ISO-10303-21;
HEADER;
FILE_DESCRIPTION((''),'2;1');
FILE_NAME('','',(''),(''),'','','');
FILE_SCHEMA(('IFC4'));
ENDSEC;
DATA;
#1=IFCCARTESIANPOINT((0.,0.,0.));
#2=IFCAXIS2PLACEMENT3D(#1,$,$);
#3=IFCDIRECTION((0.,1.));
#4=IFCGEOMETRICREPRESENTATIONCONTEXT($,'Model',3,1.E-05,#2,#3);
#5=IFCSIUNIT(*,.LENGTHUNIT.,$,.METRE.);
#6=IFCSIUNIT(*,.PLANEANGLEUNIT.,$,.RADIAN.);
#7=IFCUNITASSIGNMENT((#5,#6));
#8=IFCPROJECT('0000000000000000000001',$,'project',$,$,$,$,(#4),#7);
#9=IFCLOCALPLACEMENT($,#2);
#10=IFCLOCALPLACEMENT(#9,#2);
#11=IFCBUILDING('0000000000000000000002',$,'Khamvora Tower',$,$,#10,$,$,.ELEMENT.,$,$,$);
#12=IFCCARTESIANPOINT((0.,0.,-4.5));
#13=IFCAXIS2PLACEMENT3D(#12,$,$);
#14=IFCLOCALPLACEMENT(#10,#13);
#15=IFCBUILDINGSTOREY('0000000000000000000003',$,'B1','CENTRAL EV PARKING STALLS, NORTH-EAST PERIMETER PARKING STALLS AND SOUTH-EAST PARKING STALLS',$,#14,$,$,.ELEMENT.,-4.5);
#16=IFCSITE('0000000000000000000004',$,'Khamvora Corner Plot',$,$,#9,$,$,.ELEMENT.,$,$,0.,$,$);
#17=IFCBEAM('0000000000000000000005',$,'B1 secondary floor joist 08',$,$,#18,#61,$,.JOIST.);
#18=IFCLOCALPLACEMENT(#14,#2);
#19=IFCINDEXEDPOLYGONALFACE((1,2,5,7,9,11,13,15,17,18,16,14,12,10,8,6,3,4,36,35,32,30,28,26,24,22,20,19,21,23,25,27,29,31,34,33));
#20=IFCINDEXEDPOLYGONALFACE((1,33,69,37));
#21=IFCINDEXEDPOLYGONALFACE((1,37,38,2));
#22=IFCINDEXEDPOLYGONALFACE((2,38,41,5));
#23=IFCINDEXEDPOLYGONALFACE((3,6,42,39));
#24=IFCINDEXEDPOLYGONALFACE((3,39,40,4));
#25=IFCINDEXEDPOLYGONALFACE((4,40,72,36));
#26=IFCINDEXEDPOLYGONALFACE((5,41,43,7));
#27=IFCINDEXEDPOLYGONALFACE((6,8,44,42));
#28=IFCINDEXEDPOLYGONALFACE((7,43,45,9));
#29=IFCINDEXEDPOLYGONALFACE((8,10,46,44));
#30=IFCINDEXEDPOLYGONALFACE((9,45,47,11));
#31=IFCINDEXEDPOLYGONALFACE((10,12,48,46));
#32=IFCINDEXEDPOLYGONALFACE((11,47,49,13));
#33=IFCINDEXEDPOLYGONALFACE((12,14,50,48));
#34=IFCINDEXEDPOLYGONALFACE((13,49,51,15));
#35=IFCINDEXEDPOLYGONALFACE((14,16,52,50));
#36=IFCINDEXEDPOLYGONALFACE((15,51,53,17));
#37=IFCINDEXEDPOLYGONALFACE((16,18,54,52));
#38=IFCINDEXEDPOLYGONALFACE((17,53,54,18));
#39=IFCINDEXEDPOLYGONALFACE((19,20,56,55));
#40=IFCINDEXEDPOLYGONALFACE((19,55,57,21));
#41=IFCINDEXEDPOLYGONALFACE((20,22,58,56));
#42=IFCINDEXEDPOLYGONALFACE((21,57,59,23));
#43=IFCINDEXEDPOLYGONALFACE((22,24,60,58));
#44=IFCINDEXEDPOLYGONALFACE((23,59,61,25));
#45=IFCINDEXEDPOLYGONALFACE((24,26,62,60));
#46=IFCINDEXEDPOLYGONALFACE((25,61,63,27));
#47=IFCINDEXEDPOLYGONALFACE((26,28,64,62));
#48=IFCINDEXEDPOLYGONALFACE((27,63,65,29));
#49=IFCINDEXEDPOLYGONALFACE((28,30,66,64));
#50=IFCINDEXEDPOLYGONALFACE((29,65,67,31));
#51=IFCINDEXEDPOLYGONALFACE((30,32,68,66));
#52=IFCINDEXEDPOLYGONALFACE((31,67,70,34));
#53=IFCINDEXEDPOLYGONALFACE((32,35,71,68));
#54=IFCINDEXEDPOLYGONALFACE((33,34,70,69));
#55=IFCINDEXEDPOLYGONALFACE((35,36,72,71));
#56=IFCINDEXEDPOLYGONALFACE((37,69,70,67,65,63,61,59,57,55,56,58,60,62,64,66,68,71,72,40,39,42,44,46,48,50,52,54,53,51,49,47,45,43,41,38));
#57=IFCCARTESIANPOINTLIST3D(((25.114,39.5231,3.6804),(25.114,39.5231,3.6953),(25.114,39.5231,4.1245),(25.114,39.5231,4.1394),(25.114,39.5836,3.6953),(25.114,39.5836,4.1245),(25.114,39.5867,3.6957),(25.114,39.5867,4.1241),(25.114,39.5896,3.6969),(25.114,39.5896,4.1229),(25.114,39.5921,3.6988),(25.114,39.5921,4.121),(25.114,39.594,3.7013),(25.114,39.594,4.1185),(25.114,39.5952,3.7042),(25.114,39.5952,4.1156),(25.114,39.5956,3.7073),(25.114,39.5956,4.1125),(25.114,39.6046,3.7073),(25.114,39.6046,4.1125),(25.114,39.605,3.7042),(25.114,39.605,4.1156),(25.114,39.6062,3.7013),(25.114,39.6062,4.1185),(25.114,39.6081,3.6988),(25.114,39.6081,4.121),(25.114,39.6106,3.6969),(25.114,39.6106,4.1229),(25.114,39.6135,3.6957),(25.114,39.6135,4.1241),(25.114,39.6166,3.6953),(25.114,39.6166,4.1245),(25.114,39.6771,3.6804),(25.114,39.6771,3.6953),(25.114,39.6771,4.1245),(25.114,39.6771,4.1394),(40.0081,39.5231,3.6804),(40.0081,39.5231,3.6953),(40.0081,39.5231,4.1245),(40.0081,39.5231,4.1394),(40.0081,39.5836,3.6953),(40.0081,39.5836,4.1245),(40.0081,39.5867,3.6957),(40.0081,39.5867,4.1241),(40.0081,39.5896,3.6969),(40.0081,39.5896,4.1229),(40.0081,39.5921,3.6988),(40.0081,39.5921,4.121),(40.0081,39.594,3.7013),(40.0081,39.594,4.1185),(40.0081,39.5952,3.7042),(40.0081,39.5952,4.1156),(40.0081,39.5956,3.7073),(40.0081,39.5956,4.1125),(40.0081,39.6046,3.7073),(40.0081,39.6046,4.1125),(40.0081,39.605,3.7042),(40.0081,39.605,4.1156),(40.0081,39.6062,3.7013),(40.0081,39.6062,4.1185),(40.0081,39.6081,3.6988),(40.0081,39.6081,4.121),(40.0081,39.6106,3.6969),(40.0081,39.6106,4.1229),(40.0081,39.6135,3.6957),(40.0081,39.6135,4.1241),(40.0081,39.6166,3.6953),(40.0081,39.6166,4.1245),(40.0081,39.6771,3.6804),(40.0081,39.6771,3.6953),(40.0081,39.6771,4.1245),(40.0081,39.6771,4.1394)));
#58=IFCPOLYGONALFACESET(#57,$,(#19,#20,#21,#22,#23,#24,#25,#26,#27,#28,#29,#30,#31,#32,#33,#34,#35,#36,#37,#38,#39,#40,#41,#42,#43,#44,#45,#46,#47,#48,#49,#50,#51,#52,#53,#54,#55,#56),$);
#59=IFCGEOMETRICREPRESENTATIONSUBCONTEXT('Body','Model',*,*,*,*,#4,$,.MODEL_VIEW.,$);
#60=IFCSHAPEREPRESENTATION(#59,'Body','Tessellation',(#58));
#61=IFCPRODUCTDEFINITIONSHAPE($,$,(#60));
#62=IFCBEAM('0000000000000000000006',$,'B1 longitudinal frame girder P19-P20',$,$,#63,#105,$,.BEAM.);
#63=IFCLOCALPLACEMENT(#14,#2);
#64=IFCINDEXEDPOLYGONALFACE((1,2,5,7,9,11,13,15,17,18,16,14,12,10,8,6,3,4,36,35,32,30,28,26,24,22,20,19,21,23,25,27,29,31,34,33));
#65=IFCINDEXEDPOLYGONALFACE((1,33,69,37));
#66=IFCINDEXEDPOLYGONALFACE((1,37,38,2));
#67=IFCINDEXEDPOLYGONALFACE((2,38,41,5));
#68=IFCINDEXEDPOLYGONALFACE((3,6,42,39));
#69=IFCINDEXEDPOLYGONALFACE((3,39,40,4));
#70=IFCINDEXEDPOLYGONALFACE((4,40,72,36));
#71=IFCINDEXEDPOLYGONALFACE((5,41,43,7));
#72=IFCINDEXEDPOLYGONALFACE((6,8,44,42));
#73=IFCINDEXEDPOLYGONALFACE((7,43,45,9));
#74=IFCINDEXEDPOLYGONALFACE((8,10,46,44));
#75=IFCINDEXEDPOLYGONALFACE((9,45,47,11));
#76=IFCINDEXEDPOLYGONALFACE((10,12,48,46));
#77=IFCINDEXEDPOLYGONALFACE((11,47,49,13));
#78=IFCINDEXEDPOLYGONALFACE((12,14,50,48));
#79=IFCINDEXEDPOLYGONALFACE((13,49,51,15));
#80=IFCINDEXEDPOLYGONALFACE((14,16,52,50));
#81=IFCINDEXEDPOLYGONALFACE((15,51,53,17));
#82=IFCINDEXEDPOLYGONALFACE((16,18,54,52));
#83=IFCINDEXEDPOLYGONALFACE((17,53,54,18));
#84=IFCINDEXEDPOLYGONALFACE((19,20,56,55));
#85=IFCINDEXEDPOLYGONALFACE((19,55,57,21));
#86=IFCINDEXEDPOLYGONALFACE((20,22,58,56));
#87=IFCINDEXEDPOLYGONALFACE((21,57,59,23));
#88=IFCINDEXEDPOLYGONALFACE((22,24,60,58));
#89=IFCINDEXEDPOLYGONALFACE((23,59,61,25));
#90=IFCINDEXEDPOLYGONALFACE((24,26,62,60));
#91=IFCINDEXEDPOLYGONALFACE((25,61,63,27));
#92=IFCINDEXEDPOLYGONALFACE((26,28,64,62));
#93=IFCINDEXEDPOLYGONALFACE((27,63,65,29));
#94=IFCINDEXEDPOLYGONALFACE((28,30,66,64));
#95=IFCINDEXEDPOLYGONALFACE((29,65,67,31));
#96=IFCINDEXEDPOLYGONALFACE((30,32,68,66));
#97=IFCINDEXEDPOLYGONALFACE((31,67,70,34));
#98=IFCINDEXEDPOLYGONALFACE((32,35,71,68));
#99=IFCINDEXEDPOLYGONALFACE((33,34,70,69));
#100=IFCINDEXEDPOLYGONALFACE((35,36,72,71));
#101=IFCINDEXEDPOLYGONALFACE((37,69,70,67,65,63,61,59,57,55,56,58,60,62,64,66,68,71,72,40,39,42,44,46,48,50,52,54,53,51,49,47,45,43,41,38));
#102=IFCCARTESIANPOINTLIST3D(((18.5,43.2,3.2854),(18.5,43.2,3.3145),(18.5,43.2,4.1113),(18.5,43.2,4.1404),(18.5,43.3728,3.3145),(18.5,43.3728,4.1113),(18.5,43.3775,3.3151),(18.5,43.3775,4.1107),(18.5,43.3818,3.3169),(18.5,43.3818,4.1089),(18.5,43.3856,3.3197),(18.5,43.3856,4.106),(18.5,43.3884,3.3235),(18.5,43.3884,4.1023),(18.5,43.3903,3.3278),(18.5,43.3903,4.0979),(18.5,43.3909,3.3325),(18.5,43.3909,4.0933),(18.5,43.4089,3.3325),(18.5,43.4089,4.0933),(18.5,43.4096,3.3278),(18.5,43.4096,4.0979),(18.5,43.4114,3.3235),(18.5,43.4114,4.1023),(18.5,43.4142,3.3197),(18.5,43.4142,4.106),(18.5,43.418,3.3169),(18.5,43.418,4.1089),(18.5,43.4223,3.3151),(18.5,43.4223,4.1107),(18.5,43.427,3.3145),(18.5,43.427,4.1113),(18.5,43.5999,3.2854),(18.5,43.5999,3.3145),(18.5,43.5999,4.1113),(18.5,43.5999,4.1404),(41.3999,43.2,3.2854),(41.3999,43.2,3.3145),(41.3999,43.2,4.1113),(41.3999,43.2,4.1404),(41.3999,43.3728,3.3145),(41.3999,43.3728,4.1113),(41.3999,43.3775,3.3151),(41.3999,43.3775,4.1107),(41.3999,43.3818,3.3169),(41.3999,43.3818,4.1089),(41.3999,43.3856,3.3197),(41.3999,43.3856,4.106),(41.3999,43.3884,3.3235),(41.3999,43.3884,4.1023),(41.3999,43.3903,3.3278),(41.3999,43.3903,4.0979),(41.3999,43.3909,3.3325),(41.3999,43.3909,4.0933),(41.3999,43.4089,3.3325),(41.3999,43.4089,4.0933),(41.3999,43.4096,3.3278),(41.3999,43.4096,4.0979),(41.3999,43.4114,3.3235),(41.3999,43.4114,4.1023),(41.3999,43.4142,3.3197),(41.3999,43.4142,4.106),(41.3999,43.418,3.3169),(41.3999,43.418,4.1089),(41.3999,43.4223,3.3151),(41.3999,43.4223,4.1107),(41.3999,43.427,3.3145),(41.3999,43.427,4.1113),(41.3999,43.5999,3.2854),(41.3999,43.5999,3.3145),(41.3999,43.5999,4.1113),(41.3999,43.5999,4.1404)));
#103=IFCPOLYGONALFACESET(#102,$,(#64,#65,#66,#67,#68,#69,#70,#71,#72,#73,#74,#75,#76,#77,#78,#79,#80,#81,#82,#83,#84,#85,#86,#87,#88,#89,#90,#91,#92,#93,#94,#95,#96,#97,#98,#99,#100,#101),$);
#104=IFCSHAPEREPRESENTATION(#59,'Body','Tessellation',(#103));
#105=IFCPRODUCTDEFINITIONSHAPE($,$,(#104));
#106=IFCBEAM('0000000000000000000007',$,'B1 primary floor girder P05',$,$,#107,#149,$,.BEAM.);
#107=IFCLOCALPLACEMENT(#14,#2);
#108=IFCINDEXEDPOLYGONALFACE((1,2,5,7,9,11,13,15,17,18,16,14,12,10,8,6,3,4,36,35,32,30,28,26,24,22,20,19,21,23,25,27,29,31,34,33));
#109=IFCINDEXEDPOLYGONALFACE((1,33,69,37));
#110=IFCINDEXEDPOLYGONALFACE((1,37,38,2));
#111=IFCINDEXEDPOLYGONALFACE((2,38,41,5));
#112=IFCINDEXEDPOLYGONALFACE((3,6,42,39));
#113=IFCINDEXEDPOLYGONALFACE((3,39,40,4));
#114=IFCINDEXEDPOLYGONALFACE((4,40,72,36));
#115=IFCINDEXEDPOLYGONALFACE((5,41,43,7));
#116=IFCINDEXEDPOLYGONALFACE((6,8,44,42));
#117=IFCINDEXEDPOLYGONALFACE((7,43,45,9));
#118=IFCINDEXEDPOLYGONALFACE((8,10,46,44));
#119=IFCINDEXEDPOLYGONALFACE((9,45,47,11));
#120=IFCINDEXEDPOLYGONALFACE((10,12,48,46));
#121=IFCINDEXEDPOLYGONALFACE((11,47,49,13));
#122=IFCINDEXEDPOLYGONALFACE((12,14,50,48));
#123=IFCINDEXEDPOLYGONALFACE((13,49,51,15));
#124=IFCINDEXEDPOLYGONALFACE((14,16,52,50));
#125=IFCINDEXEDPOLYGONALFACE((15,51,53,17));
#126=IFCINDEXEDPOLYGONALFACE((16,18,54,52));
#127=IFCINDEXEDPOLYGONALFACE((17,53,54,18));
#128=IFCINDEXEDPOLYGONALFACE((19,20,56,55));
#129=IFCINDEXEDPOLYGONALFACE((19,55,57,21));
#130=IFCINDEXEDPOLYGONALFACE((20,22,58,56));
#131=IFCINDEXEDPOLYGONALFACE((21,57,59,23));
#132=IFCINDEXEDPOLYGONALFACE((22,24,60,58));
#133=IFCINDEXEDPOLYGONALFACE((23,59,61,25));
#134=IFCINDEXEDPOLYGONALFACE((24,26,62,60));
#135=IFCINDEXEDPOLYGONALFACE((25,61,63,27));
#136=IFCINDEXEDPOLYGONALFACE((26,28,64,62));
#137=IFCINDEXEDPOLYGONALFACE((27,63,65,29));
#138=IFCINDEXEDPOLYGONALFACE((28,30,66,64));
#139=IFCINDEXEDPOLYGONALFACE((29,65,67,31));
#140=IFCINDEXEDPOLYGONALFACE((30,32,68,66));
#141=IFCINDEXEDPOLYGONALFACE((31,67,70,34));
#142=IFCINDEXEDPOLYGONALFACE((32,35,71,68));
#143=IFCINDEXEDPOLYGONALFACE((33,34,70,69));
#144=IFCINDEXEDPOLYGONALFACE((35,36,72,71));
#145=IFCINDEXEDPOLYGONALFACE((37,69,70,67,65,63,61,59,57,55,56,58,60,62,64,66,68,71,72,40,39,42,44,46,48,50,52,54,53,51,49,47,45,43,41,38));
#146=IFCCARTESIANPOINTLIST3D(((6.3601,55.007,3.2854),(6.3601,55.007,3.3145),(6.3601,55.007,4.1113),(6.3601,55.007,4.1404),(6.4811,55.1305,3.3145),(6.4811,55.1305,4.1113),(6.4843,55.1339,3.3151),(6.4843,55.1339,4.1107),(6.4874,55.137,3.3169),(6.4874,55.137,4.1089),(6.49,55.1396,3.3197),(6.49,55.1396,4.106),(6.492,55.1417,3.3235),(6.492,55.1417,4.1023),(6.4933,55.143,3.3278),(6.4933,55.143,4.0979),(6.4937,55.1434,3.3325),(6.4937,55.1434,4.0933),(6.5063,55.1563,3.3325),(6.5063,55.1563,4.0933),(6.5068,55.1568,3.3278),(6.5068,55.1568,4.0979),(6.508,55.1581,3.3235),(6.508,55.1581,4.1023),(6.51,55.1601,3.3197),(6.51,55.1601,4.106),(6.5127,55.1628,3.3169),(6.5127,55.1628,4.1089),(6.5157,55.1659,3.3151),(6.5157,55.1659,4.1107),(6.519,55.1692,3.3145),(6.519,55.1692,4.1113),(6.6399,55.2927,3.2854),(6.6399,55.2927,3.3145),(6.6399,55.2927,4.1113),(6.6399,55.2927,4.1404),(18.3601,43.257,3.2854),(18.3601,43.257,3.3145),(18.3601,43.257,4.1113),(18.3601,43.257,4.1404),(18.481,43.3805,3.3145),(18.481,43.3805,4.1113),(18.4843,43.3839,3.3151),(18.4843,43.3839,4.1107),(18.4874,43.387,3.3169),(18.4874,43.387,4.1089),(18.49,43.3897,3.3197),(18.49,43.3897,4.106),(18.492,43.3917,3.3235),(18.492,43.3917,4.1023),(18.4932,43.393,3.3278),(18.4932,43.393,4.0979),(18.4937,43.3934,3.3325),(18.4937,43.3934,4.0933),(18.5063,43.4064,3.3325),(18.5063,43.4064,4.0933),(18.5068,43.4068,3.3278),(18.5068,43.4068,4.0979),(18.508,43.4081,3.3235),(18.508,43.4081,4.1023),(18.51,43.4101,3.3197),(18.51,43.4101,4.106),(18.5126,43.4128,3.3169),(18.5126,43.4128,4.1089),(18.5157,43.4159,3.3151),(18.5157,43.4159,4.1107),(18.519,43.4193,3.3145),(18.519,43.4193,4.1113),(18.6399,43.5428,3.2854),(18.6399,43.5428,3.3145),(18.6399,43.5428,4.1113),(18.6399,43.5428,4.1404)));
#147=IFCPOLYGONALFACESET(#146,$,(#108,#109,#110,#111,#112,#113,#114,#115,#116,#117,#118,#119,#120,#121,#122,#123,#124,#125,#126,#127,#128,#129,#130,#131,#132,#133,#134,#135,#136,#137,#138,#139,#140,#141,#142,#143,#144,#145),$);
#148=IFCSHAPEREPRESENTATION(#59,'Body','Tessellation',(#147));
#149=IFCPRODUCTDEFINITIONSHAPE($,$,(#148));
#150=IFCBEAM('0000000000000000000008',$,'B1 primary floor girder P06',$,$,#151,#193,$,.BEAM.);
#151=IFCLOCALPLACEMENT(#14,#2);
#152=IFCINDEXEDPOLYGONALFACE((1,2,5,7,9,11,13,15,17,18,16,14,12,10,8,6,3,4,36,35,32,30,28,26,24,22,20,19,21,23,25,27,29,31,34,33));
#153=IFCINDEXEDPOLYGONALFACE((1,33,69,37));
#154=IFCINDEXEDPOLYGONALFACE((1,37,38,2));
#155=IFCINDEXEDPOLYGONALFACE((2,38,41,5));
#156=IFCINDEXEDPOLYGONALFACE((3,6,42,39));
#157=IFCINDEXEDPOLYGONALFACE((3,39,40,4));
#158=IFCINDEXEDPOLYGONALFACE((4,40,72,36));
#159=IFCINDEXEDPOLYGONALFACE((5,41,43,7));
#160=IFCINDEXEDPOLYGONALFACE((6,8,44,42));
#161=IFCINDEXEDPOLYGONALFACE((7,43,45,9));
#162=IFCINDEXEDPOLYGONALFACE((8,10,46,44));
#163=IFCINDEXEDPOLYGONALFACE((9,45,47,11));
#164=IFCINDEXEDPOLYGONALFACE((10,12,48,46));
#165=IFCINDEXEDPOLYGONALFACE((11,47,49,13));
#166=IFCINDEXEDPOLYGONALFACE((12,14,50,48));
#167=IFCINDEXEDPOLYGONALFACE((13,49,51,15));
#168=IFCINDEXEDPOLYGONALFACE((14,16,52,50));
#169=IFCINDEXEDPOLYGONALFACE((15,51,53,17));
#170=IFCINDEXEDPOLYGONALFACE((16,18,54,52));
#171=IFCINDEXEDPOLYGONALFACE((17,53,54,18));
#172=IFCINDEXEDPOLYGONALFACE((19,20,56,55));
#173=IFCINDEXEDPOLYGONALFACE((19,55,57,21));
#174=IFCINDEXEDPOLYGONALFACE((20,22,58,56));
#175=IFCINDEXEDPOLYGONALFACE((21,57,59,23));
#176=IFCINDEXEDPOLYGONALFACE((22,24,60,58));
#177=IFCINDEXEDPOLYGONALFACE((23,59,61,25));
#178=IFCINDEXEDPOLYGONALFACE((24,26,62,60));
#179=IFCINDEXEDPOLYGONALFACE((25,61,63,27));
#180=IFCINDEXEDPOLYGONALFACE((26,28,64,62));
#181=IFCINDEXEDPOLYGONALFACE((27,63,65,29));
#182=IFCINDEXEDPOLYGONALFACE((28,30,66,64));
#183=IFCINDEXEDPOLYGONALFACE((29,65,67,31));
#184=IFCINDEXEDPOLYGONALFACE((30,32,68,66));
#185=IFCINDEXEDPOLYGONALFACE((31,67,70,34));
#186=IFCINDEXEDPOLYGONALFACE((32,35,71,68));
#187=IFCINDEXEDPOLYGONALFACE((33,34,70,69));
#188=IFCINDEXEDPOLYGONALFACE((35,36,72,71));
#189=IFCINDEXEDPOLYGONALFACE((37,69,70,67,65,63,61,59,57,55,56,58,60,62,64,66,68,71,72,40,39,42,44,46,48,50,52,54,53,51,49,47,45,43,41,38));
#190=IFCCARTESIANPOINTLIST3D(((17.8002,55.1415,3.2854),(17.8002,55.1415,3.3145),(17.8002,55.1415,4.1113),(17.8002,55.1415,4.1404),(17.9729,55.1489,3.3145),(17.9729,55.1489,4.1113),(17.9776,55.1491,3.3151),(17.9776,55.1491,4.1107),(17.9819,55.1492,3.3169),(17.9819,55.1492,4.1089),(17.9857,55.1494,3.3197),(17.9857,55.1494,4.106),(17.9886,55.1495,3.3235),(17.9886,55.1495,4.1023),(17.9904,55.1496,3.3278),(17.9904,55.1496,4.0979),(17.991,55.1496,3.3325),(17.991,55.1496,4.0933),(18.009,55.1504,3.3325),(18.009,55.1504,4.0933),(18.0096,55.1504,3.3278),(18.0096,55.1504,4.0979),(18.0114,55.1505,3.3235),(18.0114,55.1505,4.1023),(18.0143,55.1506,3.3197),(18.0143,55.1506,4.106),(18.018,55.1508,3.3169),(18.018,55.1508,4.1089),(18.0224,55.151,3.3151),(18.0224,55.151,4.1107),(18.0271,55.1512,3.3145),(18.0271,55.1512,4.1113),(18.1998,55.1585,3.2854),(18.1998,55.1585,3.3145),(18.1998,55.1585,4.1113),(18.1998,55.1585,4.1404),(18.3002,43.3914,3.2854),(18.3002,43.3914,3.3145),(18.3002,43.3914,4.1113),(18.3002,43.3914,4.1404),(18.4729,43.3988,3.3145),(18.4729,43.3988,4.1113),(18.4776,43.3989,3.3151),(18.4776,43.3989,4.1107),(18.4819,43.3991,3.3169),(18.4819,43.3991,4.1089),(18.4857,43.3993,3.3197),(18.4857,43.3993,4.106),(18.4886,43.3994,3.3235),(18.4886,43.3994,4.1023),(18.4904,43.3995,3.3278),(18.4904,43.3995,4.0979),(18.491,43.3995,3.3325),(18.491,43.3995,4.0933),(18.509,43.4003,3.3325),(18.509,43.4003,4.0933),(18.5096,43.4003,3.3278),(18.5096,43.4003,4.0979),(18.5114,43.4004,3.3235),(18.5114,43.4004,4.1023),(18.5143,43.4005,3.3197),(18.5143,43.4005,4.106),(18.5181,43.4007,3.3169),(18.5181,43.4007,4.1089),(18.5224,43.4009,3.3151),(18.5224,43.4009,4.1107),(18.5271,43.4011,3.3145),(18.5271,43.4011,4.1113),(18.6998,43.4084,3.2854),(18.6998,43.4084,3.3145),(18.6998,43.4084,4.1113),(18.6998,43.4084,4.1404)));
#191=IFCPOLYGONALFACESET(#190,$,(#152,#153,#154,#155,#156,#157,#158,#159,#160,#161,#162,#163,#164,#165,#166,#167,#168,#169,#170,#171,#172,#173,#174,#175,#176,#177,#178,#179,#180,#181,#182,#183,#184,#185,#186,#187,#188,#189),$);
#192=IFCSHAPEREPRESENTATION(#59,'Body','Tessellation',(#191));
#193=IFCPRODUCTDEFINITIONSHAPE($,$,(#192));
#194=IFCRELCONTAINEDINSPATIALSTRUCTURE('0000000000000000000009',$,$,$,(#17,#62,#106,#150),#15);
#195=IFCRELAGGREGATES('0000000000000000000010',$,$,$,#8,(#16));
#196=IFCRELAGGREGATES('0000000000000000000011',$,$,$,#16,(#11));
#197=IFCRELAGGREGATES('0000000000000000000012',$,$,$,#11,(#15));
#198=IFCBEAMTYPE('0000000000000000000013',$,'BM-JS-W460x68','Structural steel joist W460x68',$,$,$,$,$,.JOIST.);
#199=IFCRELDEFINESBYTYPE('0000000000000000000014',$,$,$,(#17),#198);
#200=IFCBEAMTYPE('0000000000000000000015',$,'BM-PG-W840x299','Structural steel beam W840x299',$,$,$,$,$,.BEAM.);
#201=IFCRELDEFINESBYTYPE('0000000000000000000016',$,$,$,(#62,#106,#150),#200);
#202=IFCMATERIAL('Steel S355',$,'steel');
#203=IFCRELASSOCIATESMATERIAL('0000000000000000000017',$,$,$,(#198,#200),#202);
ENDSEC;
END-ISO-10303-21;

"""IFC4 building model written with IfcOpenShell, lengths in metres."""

from ifc_helpers import new_model, si_unit, direction, frame, origin, origin_2d, place, context, subcontext, project, spatial, i_section, extrude, material, material_profile, profile_set, type_object, element, save


model = new_model("IFC4")

# Units and contexts
model_context = context("Model", 3, precision=1e-05, world=origin(), true_north=direction((0.0, 1.0)))
body_context = subcontext(model_context, "Body", "Model", "MODEL_VIEW")
ifc_project = project(units=[si_unit("LENGTHUNIT", "METRE"), si_unit("PLANEANGLEUNIT", "RADIAN")], contexts=[model_context])

# Site, building, storey
site_placement = place(None, origin())
site = spatial("IfcSite", under=ifc_project, at=site_placement, Name="Khamvora Corner Plot", CompositionType="ELEMENT", RefElevation=0.0)
building_placement = place(site_placement, origin())
building = spatial("IfcBuilding", under=site, at=building_placement, Name="Khamvora Tower", CompositionType="ELEMENT")
storey_placement = place(building_placement, frame((0.0, 0.0, -4.5)))
storey = spatial("IfcBuildingStorey", under=building, at=storey_placement, Name="B1", Description="CENTRAL EV PARKING STALLS, NORTH-EAST PERIMETER PARKING STALLS AND SOUTH-EAST PARKING STALLS", CompositionType="ELEMENT", Elevation=-4.5)

# Beams
ifc_material_1 = material(Name="Steel S355", Category="steel")
ifc_material_profile_1 = material_profile(ifc_material_1, i_section(OverallWidth=0.1541, OverallDepth=0.459, WebThickness=0.009, FlangeThickness=0.0149, FilletRadius=0.012, at=origin_2d()), Name="W460x68")
ifc_profile_set_1 = profile_set([ifc_material_profile_1], Name="Steel S355")
beam_type_1 = type_object("IfcBeamType", Name="BM-JS-W460x68", Description="Structural steel joist W460x68", PredefinedType="JOIST", material=ifc_profile_set_1)
beam_1_placement = place(storey_placement, frame((25.114, 39.6001, 3.9099), z_axis=(1.0, 0.0, 0.0), x_axis=(0.0, 1.0, 0.0)))
element("IfcBeam", 1, at=beam_1_placement, inside=storey, type_object=beam_type_1, Name="B1 secondary floor joist 08", PredefinedType="JOIST", context=body_context, shape_type="SweptSolid", body=[
    extrude(i_section(OverallWidth=0.1541, OverallDepth=0.459, WebThickness=0.009, FlangeThickness=0.0149, FilletRadius=0.012, at=origin_2d()), origin(), (0.0, 0.0, 1.0), 14.894),
])
ifc_material_profile_2 = material_profile(ifc_material_1, i_section(OverallWidth=0.3999, OverallDepth=0.855, WebThickness=0.0181, FlangeThickness=0.0291, FilletRadius=0.0181, at=origin_2d()), Name="W840x299")
ifc_profile_set_2 = profile_set([ifc_material_profile_2], Name="Steel S355")
beam_type_2 = type_object("IfcBeamType", Name="BM-PG-W840x299", Description="Structural steel beam W840x299", PredefinedType="BEAM", material=ifc_profile_set_2)
beam_2_placement = place(storey_placement, frame((18.5, 43.3999, 3.7129), z_axis=(1.0, 0.0, 0.0), x_axis=(0.0, 1.0, 0.0)))
element("IfcBeam", 2, at=beam_2_placement, inside=storey, type_object=beam_type_2, Name="B1 longitudinal frame girder P19-P20", PredefinedType="BEAM", context=body_context, shape_type="SweptSolid", body=[
    extrude(i_section(OverallWidth=0.3999, OverallDepth=0.855, WebThickness=0.0181, FlangeThickness=0.0291, FilletRadius=0.0181, at=origin_2d()), origin(), (0.0, 0.0, 1.0), 22.8999),
])
beam_3_placement = place(storey_placement, frame((18.5, 43.3999, 3.7129), z_axis=(-0.71451, 0.699625, 0.0), x_axis=(-0.699625, -0.71451, 0.0)))
element("IfcBeam", 3, at=beam_3_placement, inside=storey, type_object=beam_type_2, Name="B1 primary floor girder P05", PredefinedType="BEAM", context=body_context, shape_type="SweptSolid", body=[
    extrude(i_section(OverallWidth=0.3999, OverallDepth=0.855, WebThickness=0.0181, FlangeThickness=0.0291, FilletRadius=0.0181, at=origin_2d()), origin(), (0.0, 0.0, 1.0), 16.7947),
])
beam_4_placement = place(storey_placement, frame((18.5, 43.3999, 3.7129), z_axis=(-0.042515, 0.999096, 0.0), x_axis=(-0.999096, -0.042515, 0.0)))
element("IfcBeam", 4, at=beam_4_placement, inside=storey, type_object=beam_type_2, Name="B1 primary floor girder P06", PredefinedType="BEAM", context=body_context, shape_type="SweptSolid", body=[
    extrude(i_section(OverallWidth=0.3999, OverallDepth=0.855, WebThickness=0.0181, FlangeThickness=0.0291, FilletRadius=0.0181, at=origin_2d()), origin(), (0.0, 0.0, 1.0), 11.7607),
])

save(model, "model.ifc")
